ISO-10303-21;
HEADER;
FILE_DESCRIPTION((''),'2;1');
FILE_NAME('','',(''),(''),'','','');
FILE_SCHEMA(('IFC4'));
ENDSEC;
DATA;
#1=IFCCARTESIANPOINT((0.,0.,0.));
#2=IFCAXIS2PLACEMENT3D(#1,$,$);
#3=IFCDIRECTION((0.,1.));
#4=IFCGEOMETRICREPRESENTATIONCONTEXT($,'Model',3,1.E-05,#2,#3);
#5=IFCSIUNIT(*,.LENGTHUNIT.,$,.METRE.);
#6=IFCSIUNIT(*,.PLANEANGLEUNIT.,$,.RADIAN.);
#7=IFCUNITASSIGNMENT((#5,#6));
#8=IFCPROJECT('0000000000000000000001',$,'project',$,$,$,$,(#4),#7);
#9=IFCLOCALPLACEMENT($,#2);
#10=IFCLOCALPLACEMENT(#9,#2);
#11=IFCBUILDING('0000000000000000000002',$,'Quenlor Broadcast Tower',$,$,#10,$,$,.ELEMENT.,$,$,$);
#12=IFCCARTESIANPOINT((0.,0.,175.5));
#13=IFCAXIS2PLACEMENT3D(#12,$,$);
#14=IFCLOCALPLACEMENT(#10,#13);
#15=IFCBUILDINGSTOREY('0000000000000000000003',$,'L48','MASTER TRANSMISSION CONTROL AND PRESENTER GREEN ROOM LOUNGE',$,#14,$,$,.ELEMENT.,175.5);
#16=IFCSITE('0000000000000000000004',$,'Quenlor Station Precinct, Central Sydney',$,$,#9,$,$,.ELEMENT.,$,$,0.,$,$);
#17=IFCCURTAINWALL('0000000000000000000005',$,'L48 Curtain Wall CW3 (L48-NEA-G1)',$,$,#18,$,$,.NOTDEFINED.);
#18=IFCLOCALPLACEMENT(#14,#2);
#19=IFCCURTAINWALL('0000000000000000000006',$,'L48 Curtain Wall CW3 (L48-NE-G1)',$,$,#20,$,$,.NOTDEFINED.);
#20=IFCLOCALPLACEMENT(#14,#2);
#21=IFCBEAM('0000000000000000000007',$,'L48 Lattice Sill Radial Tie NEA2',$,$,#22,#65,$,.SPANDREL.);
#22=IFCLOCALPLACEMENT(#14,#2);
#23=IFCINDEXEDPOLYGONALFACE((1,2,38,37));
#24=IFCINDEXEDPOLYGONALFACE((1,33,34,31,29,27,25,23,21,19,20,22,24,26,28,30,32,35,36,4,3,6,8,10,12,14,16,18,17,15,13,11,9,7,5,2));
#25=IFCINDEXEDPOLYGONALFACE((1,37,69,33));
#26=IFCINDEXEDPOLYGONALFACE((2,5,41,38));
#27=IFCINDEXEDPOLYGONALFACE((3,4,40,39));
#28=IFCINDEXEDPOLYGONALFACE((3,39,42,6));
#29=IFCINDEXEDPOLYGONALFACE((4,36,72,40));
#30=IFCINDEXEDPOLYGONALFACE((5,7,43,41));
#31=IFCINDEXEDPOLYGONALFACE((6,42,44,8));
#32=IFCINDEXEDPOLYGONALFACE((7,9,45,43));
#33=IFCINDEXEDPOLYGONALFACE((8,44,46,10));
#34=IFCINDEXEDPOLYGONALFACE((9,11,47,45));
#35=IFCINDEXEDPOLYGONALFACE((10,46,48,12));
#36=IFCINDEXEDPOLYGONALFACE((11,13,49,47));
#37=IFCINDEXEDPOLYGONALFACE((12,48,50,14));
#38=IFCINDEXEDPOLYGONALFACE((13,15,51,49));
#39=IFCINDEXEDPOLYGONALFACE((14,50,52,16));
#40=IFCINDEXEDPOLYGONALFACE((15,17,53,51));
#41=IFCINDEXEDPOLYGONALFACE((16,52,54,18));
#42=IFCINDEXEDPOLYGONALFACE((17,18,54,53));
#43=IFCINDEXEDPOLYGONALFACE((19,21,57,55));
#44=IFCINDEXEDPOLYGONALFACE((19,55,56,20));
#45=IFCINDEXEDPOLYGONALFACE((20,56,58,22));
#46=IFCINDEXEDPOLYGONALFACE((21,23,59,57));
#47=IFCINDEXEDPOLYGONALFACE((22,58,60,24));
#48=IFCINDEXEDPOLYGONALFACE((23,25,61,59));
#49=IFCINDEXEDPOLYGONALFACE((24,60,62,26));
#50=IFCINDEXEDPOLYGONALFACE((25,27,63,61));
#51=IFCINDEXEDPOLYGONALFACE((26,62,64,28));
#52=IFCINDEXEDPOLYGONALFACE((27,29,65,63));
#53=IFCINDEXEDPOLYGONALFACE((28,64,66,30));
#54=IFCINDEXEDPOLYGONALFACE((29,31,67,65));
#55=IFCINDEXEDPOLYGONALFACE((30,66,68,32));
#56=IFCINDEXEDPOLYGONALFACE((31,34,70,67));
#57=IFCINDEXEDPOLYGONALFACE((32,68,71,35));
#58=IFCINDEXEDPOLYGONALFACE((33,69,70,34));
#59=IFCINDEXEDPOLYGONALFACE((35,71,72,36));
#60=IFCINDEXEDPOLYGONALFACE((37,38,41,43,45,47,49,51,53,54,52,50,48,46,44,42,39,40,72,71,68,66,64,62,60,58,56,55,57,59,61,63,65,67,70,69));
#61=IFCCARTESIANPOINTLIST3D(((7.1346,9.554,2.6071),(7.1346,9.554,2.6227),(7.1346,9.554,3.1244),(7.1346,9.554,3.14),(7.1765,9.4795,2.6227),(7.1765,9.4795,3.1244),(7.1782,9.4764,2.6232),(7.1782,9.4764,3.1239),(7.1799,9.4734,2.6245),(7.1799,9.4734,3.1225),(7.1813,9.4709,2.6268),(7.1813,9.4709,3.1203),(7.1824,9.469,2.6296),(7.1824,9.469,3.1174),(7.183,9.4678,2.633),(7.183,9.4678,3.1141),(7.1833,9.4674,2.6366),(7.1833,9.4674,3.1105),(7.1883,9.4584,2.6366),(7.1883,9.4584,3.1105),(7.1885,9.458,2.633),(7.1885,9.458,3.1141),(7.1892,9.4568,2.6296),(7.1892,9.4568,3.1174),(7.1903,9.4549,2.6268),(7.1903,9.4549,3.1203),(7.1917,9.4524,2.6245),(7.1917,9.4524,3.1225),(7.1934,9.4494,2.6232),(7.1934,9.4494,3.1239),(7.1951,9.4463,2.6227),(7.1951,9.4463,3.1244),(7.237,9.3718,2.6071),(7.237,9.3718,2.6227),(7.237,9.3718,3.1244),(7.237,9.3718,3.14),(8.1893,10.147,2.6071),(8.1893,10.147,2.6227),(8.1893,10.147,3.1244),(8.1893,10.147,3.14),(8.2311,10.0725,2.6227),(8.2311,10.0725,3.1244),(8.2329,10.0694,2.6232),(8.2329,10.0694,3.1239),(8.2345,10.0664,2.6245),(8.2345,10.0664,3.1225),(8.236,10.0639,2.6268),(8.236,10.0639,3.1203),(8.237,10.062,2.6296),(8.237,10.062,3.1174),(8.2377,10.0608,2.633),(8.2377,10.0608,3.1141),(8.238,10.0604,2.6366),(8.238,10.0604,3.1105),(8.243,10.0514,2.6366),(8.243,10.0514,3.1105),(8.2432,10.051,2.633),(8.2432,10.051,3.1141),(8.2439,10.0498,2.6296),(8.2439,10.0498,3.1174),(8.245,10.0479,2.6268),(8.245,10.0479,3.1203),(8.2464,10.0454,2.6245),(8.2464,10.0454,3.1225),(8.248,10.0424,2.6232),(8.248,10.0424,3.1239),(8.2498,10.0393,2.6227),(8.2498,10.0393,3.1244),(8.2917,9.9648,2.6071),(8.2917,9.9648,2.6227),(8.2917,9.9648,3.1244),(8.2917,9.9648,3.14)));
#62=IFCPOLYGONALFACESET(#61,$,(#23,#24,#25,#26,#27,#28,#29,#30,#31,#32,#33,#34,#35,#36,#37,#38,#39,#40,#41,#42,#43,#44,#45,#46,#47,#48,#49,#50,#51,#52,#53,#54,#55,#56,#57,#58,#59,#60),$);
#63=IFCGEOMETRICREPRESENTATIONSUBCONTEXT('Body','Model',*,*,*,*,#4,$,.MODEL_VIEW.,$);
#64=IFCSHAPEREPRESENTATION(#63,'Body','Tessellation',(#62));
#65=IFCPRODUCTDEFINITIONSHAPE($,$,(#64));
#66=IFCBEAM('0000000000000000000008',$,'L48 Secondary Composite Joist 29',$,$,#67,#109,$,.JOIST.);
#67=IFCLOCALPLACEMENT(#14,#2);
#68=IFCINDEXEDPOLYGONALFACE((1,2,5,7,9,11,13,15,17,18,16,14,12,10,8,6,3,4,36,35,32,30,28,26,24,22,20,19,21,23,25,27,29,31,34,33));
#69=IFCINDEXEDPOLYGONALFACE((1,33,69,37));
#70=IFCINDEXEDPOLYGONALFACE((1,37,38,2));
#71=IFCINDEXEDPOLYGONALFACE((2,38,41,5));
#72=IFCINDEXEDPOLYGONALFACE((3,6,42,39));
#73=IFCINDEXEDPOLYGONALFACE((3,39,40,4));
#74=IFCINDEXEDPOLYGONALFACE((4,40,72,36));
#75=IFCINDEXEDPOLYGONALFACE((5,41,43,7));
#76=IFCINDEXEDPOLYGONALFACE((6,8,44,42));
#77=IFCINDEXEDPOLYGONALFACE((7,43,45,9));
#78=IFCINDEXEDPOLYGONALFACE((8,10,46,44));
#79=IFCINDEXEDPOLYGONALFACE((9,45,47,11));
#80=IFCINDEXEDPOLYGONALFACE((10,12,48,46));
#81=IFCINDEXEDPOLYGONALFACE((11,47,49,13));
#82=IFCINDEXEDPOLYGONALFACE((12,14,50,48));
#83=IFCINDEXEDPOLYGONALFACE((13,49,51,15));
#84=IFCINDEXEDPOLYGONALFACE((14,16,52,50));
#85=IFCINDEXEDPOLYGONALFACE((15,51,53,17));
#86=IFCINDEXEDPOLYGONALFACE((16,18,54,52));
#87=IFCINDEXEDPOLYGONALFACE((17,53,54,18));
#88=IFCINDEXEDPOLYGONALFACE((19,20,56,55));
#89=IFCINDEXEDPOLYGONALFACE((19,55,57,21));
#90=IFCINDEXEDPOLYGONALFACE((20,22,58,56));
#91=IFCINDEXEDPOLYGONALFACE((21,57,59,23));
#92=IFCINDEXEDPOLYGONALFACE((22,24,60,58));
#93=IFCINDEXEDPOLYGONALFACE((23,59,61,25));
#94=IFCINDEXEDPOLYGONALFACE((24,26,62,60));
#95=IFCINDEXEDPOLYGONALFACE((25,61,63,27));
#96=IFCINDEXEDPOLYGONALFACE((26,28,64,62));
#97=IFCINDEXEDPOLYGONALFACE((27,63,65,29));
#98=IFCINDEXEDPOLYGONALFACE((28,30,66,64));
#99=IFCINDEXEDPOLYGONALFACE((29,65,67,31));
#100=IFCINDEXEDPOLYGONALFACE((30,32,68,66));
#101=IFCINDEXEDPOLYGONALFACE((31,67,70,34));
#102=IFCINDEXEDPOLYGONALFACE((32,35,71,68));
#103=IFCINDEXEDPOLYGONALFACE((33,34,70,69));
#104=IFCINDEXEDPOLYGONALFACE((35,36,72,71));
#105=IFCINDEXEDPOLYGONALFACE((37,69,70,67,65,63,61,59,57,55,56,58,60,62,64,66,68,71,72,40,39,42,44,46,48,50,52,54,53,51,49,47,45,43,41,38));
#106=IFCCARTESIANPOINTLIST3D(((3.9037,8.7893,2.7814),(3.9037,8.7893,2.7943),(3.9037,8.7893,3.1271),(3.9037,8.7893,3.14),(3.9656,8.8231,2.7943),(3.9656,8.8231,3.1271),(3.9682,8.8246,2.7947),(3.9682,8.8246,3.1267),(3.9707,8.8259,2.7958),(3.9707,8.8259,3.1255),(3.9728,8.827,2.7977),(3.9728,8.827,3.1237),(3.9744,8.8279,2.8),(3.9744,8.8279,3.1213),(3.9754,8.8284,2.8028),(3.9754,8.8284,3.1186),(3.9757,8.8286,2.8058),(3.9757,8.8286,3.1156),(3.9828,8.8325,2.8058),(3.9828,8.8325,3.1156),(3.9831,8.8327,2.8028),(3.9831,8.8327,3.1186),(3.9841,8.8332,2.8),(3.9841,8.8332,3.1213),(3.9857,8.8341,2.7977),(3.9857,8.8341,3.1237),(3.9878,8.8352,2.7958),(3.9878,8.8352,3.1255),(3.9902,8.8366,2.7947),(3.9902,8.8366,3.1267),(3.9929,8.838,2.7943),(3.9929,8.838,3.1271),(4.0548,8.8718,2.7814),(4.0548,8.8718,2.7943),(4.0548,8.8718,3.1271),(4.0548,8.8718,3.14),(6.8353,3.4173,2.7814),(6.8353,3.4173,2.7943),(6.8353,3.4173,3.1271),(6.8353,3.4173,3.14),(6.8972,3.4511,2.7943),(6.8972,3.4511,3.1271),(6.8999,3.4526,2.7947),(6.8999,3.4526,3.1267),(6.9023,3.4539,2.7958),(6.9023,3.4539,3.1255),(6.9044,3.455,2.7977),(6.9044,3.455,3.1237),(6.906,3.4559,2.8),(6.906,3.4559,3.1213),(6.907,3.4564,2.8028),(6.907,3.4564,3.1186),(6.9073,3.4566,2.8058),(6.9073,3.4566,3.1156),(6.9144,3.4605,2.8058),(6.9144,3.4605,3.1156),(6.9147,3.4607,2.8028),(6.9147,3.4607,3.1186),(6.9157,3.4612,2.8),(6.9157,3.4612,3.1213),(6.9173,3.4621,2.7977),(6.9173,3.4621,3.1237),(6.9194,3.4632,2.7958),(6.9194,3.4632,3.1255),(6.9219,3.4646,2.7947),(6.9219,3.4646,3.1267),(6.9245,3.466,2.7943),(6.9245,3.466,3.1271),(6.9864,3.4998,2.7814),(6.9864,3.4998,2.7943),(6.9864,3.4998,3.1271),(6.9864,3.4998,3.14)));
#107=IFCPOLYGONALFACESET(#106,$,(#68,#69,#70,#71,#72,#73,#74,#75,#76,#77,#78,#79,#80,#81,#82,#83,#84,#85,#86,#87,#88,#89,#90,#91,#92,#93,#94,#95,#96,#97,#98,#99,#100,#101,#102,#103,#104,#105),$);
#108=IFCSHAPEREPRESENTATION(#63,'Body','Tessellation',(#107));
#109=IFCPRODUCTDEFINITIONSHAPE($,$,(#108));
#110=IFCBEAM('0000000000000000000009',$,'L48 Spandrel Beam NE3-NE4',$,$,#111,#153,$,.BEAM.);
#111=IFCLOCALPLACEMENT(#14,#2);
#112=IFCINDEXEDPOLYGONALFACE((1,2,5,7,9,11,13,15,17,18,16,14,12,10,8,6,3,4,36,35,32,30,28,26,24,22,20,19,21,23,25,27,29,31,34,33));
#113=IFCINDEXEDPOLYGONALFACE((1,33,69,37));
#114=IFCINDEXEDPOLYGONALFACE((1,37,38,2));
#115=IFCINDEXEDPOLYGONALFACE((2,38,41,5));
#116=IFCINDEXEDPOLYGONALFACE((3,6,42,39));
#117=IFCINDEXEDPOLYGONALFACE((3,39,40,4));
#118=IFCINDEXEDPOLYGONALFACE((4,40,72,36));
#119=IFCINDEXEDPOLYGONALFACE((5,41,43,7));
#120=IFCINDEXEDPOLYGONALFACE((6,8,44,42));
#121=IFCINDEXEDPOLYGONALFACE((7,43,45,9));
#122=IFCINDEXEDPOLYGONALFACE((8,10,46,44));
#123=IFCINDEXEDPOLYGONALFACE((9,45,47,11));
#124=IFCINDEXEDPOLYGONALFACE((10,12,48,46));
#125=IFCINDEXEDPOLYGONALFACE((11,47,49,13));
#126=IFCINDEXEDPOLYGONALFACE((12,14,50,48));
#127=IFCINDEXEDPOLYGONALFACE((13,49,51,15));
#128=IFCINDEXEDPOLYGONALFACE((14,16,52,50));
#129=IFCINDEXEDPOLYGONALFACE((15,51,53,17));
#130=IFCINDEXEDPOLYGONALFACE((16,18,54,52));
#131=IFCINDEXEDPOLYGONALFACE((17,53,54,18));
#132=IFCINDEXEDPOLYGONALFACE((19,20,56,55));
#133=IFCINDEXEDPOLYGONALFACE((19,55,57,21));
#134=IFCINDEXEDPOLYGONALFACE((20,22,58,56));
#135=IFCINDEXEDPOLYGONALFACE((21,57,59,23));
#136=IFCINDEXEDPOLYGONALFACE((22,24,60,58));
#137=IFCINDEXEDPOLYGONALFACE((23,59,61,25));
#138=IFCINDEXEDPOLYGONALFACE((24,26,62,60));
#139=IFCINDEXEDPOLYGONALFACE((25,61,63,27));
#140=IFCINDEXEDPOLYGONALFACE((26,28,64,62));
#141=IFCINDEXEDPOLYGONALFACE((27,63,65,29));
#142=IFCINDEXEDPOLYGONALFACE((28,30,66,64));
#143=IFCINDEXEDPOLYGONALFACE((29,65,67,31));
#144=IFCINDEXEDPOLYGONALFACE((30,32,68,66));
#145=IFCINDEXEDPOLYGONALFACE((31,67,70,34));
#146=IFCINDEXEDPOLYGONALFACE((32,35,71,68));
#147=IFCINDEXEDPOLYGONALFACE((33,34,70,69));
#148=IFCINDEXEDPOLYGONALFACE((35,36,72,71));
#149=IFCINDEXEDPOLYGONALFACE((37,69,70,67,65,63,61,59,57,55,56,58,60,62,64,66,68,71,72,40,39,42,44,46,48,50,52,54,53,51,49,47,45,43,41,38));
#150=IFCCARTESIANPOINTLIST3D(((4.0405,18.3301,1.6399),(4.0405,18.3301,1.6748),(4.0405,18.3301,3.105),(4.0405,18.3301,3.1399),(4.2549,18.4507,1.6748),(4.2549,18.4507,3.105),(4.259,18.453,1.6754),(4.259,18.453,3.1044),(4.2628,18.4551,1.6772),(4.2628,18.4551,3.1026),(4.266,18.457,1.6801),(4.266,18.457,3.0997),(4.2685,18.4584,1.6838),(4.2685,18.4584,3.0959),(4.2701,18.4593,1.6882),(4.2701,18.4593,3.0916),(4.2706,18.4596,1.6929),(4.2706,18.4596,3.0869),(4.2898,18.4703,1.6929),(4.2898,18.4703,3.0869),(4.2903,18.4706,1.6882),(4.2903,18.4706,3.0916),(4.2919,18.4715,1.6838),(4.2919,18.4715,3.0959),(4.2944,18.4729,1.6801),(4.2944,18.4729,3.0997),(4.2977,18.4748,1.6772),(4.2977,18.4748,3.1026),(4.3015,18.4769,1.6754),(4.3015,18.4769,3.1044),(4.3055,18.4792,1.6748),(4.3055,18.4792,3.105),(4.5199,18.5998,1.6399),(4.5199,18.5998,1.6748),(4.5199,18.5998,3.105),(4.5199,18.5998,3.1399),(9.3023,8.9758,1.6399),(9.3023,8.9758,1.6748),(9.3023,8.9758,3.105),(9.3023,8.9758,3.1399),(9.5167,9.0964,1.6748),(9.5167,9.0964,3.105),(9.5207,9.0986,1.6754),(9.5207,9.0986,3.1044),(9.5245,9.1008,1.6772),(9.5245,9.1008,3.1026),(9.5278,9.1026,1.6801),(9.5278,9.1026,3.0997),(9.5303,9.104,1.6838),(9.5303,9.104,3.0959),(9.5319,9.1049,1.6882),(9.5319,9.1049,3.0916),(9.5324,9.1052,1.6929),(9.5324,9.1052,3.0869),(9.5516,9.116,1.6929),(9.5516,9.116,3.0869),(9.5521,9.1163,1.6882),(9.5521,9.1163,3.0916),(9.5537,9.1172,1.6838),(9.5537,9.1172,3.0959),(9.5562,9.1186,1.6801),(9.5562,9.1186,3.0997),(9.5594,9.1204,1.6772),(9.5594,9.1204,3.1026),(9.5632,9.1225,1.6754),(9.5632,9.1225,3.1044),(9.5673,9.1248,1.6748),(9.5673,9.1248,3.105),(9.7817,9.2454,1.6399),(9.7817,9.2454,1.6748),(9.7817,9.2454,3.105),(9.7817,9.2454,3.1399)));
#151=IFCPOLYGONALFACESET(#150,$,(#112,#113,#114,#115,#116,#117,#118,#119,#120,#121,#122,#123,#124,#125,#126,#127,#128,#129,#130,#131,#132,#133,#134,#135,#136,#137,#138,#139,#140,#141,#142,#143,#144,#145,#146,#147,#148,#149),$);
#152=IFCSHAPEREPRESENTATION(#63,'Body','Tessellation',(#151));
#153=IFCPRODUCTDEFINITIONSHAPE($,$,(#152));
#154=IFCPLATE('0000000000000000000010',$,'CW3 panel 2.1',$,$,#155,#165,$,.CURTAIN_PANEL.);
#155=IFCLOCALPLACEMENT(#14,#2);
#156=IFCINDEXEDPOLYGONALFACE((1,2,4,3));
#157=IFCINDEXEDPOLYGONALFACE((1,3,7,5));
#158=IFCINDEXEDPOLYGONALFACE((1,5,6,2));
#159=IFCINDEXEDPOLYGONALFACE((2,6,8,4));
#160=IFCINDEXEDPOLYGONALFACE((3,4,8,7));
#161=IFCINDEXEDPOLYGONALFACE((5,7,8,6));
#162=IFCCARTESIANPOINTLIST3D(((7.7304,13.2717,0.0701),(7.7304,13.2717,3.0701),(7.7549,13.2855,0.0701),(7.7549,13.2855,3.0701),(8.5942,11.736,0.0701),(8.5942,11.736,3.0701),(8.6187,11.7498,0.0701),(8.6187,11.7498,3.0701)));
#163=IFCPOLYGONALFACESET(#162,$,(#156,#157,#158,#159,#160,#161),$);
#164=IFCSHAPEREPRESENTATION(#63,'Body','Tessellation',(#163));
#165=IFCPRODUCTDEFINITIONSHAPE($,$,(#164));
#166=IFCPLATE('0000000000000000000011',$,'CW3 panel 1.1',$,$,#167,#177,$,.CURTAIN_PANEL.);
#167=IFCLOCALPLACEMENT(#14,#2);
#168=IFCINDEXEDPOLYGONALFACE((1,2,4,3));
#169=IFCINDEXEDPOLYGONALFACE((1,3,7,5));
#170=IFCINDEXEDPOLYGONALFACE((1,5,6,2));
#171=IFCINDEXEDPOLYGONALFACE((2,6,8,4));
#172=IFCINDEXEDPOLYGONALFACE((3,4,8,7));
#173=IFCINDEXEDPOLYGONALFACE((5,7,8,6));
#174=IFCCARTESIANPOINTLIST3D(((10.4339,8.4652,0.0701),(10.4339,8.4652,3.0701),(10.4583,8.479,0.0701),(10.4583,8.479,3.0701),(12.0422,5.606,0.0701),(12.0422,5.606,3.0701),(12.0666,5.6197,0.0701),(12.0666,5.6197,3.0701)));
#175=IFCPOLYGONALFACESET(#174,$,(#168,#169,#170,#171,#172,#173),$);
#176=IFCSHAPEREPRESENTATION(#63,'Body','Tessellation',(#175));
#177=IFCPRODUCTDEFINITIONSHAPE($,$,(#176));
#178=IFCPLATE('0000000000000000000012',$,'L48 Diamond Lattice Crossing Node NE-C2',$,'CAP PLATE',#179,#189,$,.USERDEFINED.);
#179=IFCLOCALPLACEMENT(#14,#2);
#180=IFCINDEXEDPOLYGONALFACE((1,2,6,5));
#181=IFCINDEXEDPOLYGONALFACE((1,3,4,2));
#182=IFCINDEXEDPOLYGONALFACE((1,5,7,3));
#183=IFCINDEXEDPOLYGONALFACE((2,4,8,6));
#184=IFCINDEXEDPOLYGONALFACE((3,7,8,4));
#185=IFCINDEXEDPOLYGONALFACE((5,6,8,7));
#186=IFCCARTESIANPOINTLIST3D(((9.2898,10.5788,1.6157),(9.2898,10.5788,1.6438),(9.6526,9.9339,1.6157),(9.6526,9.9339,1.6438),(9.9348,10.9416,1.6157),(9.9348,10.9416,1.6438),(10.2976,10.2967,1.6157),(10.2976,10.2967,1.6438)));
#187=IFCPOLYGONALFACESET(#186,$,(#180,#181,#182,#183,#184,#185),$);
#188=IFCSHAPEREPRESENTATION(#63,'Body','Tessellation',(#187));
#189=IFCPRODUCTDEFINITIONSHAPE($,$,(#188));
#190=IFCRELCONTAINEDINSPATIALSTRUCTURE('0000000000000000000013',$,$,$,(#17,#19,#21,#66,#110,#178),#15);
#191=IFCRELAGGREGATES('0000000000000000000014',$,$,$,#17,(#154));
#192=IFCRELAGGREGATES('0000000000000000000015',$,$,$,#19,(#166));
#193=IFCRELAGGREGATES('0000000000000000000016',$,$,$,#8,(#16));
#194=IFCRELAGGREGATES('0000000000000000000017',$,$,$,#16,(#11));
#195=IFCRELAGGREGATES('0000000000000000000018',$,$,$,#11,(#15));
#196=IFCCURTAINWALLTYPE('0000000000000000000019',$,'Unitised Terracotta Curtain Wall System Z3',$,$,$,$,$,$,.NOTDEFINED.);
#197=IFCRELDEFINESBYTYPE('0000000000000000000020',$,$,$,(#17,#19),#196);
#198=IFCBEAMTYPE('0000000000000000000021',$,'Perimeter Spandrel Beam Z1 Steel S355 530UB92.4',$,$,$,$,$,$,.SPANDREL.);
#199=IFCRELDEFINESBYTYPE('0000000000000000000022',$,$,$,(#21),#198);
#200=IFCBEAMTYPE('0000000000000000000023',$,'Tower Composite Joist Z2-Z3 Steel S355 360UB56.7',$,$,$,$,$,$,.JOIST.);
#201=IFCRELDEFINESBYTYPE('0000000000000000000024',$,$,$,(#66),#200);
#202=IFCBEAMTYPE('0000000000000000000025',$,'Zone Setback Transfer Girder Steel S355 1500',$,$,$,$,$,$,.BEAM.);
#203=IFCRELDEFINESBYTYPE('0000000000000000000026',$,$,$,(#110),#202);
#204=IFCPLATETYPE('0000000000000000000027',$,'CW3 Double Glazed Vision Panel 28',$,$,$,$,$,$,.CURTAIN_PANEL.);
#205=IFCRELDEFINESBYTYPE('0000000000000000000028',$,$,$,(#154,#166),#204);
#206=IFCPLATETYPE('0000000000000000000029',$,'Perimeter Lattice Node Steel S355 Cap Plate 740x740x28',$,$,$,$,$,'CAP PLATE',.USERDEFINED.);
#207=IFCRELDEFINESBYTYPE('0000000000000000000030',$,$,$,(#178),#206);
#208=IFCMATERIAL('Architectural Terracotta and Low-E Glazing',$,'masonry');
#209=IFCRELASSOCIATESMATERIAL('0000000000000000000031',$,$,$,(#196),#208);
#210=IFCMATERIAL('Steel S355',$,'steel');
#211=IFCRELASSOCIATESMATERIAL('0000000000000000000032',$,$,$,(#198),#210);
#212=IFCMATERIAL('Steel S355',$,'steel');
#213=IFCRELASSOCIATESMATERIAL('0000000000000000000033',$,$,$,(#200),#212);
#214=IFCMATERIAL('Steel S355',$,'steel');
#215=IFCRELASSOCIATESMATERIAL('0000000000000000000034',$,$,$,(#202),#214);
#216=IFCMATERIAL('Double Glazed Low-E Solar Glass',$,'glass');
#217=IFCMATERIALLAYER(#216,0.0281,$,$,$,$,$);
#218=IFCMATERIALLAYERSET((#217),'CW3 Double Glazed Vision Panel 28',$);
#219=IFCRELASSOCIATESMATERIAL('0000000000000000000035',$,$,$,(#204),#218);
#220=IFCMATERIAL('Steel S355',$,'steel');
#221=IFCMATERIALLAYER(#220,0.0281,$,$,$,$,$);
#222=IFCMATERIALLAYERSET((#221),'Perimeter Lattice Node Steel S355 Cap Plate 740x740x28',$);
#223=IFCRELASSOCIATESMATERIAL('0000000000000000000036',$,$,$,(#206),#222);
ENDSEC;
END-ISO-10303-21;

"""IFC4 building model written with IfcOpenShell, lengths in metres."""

from ifc_helpers import new_model, si_unit, direction, frame, origin, origin_2d, place, context, subcontext, project, spatial, rectangle, i_section, extrude, material, layer, layer_set, material_profile, profile_set, type_object, element, aggregate, save


model = new_model("IFC4")

# Units and contexts
model_context = context("Model", 3, precision=1e-05, world=origin(), true_north=direction((0.0, 1.0)))
body_context = subcontext(model_context, "Body", "Model", "MODEL_VIEW")
ifc_project = project(units=[si_unit("LENGTHUNIT", "METRE"), si_unit("PLANEANGLEUNIT", "RADIAN")], contexts=[model_context])

# Site, building, storey
site_placement = place(None, origin())
site = spatial("IfcSite", under=ifc_project, at=site_placement, Name="Quenlor Station Precinct, Central Sydney", CompositionType="ELEMENT", RefElevation=0.0)
building_placement = place(site_placement, origin())
building = spatial("IfcBuilding", under=site, at=building_placement, Name="Quenlor Broadcast Tower", CompositionType="ELEMENT")
storey_placement = place(building_placement, frame((0.0, 0.0, 175.5)))
storey = spatial("IfcBuildingStorey", under=building, at=storey_placement, Name="L48", Description="MASTER TRANSMISSION CONTROL AND PRESENTER GREEN ROOM LOUNGE", CompositionType="ELEMENT", Elevation=175.5)

# Curtain wall
ifc_material_1 = material(Name="Architectural Terracotta and Low-E Glazing", Category="masonry")
curtain_wall_type = type_object("IfcCurtainWallType", Name="Unitised Terracotta Curtain Wall System Z3", PredefinedType="NOTDEFINED", material=ifc_material_1)
curtain_wall_1_placement = place(storey_placement, origin())
curtain_wall_1 = element("IfcCurtainWall", 1, at=curtain_wall_1_placement, inside=storey, type_object=curtain_wall_type, Name="L48 Curtain Wall CW3 (L48-NEA-G1)", PredefinedType="NOTDEFINED")

# Curtain wall
curtain_wall_2_placement = place(storey_placement, origin())
curtain_wall_2 = element("IfcCurtainWall", 2, at=curtain_wall_2_placement, inside=storey, type_object=curtain_wall_type, Name="L48 Curtain Wall CW3 (L48-NE-G1)", PredefinedType="NOTDEFINED")

# Beams
ifc_material_2 = material(Name="Steel S355", Category="steel")
ifc_material_profile_1 = material_profile(ifc_material_2, i_section(OverallWidth=0.209, OverallDepth=0.533, WebThickness=0.0103, FlangeThickness=0.0156, FilletRadius=0.0139, at=origin_2d()))
ifc_profile_set_1 = profile_set([ifc_material_profile_1], Name="Steel S355 530UB92.4")
beam_type_1 = type_object("IfcBeamType", Name="Perimeter Spandrel Beam Z1 Steel S355 530UB92.4", PredefinedType="SPANDREL", material=ifc_profile_set_1)
beam_1_placement = place(storey_placement, frame((7.1858, 9.4629, 2.8735), z_axis=(0.871662, 0.490108, 0.0), x_axis=(-0.490108, 0.871662, 0.0)))
element("IfcBeam", 3, at=beam_1_placement, inside=storey, type_object=beam_type_1, Name="L48 Lattice Sill Radial Tie NEA2", PredefinedType="SPANDREL", context=body_context, shape_type="SweptSolid", body=[
    extrude(i_section(OverallWidth=0.209, OverallDepth=0.533, WebThickness=0.0103, FlangeThickness=0.0156, FilletRadius=0.0139, at=origin_2d()), origin(), (0.0, 0.0, 1.0), 1.21),
])
ifc_material_3 = material(Name="Steel S355", Category="steel")
ifc_material_profile_2 = material_profile(ifc_material_3, i_section(OverallWidth=0.1721, OverallDepth=0.3586, WebThickness=0.0081, FlangeThickness=0.0129, FilletRadius=0.0115, at=origin_2d()))
ifc_profile_set_2 = profile_set([ifc_material_profile_2], Name="Steel S355 360UB56.7")
beam_type_2 = type_object("IfcBeamType", Name="Tower Composite Joist Z2-Z3 Steel S355 360UB56.7", PredefinedType="JOIST", material=ifc_profile_set_2)
beam_2_placement = place(storey_placement, frame((3.9792, 8.8306, 2.9607), z_axis=(0.479031, -0.877798, 0.0), x_axis=(0.877798, 0.479031, 0.0)))
element("IfcBeam", 4, at=beam_2_placement, inside=storey, type_object=beam_type_2, Name="L48 Secondary Composite Joist 29", PredefinedType="JOIST", context=body_context, shape_type="SweptSolid", body=[
    extrude(i_section(OverallWidth=0.1721, OverallDepth=0.3586, WebThickness=0.0081, FlangeThickness=0.0129, FilletRadius=0.0115, at=origin_2d()), origin(), (0.0, 0.0, 1.0), 6.1199),
])
ifc_material_4 = material(Name="Steel S355", Category="steel")
ifc_material_profile_3 = material_profile(ifc_material_4, i_section(OverallWidth=0.55, OverallDepth=1.5, WebThickness=0.022, FlangeThickness=0.0349, FilletRadius=0.0181, at=origin_2d()))
ifc_profile_set_3 = profile_set([ifc_material_profile_3], Name="Steel S355 1500TG510")
beam_type_3 = type_object("IfcBeamType", Name="Zone Setback Transfer Girder Steel S355 1500", PredefinedType="BEAM", material=ifc_profile_set_3)
beam_3_placement = place(storey_placement, frame((9.542, 9.1106, 2.3899), z_axis=(-0.490258, 0.871577, 0.0), x_axis=(-0.871577, -0.490258, 0.0)))
element("IfcBeam", 5, at=beam_3_placement, inside=storey, type_object=beam_type_3, Name="L48 Spandrel Beam NE3-NE4", PredefinedType="BEAM", context=body_context, shape_type="SweptSolid", body=[
    extrude(i_section(OverallWidth=0.55, OverallDepth=1.5, WebThickness=0.022, FlangeThickness=0.0349, FilletRadius=0.0181, at=origin_2d()), origin(), (0.0, 0.0, 1.0), 10.7327),
])

# Plates
ifc_material_5 = material(Name="Double Glazed Low-E Solar Glass", Category="glass")
ifc_layer_1 = layer(ifc_material_5, 0.0281)
ifc_layer_set_1 = layer_set([ifc_layer_1], Name="CW3 Double Glazed Vision Panel 28")
plate_type_1 = type_object("IfcPlateType", Name="CW3 Double Glazed Vision Panel 28", PredefinedType="CURTAIN_PANEL", material=ifc_layer_set_1)
plate_1_placement = place(storey_placement, frame((8.1746, 12.5107, 0.0701), z_axis=(0.0, 0.0, 1.0), x_axis=(0.49027, -0.871571, 0.0)))
plate_1 = element("IfcPlate", 6, at=plate_1_placement, type_object=plate_type_1, Name="CW3 panel 2.1", PredefinedType="CURTAIN_PANEL", context=body_context, shape_type="SweptSolid", body=[
    extrude(rectangle(XDim=1.762, YDim=0.0281, at=origin_2d()), origin(), (0.0, 0.0, 1.0), 3.0),
])
aggregate(curtain_wall_1, [plate_1])
plate_2_placement = place(storey_placement, frame((11.2502, 7.0425, 0.0701), z_axis=(0.0, 0.0, 1.0), x_axis=(0.490256, -0.871579, 0.0)))
plate_2 = element("IfcPlate", 7, at=plate_2_placement, type_object=plate_type_1, Name="CW3 panel 1.1", PredefinedType="CURTAIN_PANEL", context=body_context, shape_type="SweptSolid", body=[
    extrude(rectangle(XDim=3.2805, YDim=0.0281, at=origin_2d()), origin(), (0.0, 0.0, 1.0), 3.0),
])
aggregate(curtain_wall_2, [plate_2])

# Plate
ifc_material_6 = material(Name="Steel S355", Category="steel")
ifc_layer_2 = layer(ifc_material_6, 0.0281)
ifc_layer_set_2 = layer_set([ifc_layer_2], Name="Perimeter Lattice Node Steel S355 Cap Plate 740x740x28")
plate_type_2 = type_object("IfcPlateType", Name="Perimeter Lattice Node Steel S355 Cap Plate 740x740x28", ElementType="CAP PLATE", PredefinedType="USERDEFINED", material=ifc_layer_set_2)
plate_3_placement = place(storey_placement, frame((9.7937, 10.4377, 1.6157), z_axis=(0.0, 0.0, 1.0), x_axis=(0.490295, -0.871556, 0.0)))
element("IfcPlate", 8, at=plate_3_placement, inside=storey, type_object=plate_type_2, Name="L48 Diamond Lattice Crossing Node NE-C2", ObjectType="CAP PLATE", PredefinedType="USERDEFINED", context=body_context, shape_type="SweptSolid", body=[
    extrude(rectangle(XDim=0.74, YDim=0.74, at=origin_2d()), origin(), (0.0, 0.0, 1.0), 0.0281),
])

save(model, "model.ifc")
